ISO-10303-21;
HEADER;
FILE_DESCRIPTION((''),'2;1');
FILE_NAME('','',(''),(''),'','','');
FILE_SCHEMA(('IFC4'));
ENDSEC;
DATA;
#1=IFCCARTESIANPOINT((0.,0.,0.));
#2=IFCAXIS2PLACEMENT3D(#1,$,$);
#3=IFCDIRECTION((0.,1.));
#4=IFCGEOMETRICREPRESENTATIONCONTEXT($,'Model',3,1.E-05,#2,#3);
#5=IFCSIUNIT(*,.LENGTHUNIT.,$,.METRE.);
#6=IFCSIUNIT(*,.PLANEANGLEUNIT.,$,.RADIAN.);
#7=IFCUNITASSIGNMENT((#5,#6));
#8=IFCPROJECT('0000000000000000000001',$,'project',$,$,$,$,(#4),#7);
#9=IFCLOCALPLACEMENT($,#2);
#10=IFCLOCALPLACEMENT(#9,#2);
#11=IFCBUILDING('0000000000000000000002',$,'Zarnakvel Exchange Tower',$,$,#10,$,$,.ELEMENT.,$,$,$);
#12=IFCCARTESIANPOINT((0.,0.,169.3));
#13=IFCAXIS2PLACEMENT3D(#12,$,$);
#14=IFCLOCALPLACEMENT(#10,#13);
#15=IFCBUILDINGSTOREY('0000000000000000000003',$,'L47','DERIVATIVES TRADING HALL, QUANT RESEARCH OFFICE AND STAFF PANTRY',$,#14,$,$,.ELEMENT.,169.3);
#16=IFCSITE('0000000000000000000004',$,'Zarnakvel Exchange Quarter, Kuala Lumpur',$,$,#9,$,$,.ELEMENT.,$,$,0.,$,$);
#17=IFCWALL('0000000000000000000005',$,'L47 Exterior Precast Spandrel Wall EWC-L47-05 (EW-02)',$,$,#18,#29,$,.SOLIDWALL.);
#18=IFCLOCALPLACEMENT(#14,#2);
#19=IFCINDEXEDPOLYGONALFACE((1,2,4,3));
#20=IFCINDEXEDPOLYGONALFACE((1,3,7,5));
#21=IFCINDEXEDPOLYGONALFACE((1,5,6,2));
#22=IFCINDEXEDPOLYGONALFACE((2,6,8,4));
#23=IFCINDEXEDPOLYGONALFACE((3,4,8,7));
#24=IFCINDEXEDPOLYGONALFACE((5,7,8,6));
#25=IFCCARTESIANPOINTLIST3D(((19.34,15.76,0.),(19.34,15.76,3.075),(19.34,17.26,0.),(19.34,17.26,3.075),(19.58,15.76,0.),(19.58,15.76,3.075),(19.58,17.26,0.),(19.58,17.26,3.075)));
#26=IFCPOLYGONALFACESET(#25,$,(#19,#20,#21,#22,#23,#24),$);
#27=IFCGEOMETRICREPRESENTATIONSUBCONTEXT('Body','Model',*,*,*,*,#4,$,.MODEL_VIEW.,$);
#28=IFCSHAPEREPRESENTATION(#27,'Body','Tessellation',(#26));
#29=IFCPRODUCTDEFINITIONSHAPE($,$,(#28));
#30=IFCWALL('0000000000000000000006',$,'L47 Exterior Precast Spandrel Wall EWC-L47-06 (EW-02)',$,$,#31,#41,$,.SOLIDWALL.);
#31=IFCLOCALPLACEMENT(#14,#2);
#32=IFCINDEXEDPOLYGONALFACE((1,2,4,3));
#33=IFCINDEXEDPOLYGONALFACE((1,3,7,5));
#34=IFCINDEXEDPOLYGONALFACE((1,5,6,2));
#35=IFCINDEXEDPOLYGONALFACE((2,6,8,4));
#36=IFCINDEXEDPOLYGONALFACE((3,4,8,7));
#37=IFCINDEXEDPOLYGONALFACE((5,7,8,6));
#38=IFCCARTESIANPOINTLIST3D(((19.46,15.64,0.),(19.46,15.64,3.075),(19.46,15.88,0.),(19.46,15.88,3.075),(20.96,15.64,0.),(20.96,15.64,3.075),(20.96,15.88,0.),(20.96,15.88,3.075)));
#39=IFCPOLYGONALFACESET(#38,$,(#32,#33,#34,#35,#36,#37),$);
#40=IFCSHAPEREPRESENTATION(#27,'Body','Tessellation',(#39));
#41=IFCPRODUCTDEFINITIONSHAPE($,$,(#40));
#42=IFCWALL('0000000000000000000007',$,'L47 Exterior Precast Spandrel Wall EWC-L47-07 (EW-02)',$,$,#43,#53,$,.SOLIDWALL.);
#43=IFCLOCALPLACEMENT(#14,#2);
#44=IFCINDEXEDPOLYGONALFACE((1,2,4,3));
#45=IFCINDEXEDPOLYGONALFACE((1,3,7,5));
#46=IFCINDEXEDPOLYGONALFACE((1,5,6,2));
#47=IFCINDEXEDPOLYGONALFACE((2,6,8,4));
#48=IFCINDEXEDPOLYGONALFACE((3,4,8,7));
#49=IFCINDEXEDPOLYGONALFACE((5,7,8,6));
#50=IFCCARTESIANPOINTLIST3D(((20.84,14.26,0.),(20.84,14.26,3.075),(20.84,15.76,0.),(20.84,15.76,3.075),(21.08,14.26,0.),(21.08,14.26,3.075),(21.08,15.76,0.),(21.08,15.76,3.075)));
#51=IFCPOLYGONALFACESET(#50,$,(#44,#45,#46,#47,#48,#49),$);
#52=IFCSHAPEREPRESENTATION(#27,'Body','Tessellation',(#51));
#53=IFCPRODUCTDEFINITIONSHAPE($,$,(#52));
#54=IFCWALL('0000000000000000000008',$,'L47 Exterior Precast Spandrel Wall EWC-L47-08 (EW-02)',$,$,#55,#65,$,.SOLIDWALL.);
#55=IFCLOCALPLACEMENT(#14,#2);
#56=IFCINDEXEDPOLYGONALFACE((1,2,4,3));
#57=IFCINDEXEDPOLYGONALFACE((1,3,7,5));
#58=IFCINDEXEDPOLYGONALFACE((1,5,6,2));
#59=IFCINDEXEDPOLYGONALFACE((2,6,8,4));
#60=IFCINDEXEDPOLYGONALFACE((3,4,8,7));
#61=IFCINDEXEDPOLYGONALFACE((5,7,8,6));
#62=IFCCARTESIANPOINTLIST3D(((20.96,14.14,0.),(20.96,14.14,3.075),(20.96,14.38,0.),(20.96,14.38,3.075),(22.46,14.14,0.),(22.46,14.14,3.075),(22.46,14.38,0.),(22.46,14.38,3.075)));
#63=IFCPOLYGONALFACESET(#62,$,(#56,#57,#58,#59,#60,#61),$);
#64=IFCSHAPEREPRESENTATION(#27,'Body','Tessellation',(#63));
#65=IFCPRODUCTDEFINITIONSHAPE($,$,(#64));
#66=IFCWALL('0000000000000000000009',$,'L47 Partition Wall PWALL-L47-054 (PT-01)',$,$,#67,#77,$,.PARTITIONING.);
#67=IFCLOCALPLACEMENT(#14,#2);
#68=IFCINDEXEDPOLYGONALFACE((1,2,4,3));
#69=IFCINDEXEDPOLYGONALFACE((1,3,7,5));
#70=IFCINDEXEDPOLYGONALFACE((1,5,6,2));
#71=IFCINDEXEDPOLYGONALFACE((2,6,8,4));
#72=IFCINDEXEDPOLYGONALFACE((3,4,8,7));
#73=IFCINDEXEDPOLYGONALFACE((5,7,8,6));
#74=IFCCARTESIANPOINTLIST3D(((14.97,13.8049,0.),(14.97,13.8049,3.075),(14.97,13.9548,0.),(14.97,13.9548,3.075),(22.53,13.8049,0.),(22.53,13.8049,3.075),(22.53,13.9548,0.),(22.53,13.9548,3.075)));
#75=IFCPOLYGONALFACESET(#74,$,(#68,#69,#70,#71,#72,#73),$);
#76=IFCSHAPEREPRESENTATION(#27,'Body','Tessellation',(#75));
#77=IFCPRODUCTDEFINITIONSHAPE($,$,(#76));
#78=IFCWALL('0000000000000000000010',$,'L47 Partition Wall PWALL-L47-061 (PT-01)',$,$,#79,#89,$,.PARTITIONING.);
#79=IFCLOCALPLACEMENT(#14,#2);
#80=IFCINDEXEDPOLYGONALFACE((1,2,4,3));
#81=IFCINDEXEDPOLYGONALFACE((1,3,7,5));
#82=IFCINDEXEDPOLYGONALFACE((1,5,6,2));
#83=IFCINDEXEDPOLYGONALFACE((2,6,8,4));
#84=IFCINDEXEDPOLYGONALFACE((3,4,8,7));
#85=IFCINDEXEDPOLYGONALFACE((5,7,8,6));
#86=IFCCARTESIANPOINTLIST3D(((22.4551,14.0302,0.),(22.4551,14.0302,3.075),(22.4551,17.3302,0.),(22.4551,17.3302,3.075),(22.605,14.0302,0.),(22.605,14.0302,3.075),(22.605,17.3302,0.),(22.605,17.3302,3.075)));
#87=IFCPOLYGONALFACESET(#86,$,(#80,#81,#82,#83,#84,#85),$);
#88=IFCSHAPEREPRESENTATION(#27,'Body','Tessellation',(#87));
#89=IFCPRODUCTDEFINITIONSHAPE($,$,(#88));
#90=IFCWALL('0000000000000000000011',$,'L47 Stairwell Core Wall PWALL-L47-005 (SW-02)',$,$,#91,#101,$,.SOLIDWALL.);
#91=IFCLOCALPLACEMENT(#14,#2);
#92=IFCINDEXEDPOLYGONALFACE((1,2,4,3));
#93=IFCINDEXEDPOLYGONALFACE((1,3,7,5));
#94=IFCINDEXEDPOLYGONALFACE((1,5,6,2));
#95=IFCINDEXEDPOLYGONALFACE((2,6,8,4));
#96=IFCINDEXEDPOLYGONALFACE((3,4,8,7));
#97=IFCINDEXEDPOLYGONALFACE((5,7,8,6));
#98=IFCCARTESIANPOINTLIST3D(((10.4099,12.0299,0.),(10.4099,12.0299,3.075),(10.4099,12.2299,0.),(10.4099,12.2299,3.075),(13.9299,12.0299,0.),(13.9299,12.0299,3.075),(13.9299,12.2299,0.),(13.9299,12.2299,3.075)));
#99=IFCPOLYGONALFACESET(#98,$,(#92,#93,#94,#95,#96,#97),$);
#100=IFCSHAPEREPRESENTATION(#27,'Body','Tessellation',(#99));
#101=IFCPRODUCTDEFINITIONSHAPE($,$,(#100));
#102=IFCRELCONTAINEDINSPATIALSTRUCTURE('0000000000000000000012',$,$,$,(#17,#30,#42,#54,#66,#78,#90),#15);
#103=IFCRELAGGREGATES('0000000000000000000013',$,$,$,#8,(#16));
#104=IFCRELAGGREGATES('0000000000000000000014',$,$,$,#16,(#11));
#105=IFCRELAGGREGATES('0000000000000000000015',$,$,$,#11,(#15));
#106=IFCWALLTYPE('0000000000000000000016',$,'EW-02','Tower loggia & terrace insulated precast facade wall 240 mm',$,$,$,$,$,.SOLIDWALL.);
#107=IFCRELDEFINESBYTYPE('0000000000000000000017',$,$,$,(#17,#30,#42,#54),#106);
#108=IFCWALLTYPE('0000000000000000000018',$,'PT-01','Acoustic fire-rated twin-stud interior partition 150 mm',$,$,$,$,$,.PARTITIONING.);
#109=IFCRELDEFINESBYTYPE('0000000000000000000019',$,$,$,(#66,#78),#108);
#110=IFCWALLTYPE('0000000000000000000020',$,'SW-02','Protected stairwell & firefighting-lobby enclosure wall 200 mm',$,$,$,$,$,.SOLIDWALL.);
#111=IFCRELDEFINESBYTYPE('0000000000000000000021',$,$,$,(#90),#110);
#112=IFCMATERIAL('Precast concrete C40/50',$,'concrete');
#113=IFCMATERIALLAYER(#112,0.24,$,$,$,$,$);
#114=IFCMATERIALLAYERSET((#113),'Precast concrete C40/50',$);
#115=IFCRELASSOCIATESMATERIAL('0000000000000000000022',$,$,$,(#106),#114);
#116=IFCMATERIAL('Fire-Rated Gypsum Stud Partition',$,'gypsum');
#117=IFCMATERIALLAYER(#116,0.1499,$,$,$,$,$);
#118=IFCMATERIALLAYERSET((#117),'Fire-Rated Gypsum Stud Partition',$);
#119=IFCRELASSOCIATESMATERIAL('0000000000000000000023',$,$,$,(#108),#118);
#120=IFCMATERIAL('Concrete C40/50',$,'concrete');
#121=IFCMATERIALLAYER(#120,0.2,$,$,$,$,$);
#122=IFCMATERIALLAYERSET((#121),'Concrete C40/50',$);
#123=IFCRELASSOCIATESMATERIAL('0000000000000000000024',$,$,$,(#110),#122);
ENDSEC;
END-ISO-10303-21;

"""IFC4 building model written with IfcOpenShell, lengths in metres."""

from ifc_helpers import new_model, si_unit, direction, frame, frame_2d, origin, place, context, subcontext, project, spatial, rectangle, extrude, material, layer, layer_set, type_object, element, save


model = new_model("IFC4")

# Units and contexts
model_context = context("Model", 3, precision=1e-05, world=origin(), true_north=direction((0.0, 1.0)))
body_context = subcontext(model_context, "Body", "Model", "MODEL_VIEW")
ifc_project = project(units=[si_unit("LENGTHUNIT", "METRE"), si_unit("PLANEANGLEUNIT", "RADIAN")], contexts=[model_context])

# Site, building, storey
site_placement = place(None, origin())
site = spatial("IfcSite", under=ifc_project, at=site_placement, Name="Zarnakvel Exchange Quarter, Kuala Lumpur", CompositionType="ELEMENT", RefElevation=0.0)
building_placement = place(site_placement, origin())
building = spatial("IfcBuilding", under=site, at=building_placement, Name="Zarnakvel Exchange Tower", CompositionType="ELEMENT")
storey_placement = place(building_placement, frame((0.0, 0.0, 169.3)))
storey = spatial("IfcBuildingStorey", under=building, at=storey_placement, Name="L47", Description="DERIVATIVES TRADING HALL, QUANT RESEARCH OFFICE AND STAFF PANTRY", CompositionType="ELEMENT", Elevation=169.3)

# Walls
ifc_material_1 = material(Name="Precast concrete C40/50", Category="concrete")
ifc_layer_1 = layer(ifc_material_1, 0.24)
ifc_layer_set_1 = layer_set([ifc_layer_1], Name="Precast concrete C40/50")
wall_type_1 = type_object("IfcWallType", Name="EW-02", Description="Tower loggia & terrace insulated precast facade wall 240 mm", PredefinedType="SOLIDWALL", material=ifc_layer_set_1)
for number, where, z_axis, x_axis, name in (
    (1, (19.46, 15.76, 0.0), (0.0, 0.0, 1.0), (0.0, 1.0, 0.0), "L47 Exterior Precast Spandrel Wall EWC-L47-05 (EW-02)"),
    (2, (20.96, 15.76, 0.0), (0.0, 0.0, 1.0), (-1.0, 0.0, 0.0), "L47 Exterior Precast Spandrel Wall EWC-L47-06 (EW-02)"),
    (3, (20.96, 14.26, 0.0), (0.0, 0.0, 1.0), (0.0, 1.0, 0.0), "L47 Exterior Precast Spandrel Wall EWC-L47-07 (EW-02)"),
    (4, (22.46, 14.26, 0.0), (0.0, 0.0, 1.0), (-1.0, 0.0, 0.0), "L47 Exterior Precast Spandrel Wall EWC-L47-08 (EW-02)"),
):
    element("IfcWall", number, at=place(storey_placement, frame(where, z_axis=z_axis, x_axis=x_axis)), inside=storey, type_object=wall_type_1, Name=name, PredefinedType="SOLIDWALL", context=body_context, shape_type="SweptSolid", body=[
        extrude(rectangle(XDim=1.5, YDim=0.24, at=frame_2d((0.75, 0.0))), origin(), (0.0, 0.0, 1.0), 3.075),
    ])
ifc_material_2 = material(Name="Fire-Rated Gypsum Stud Partition", Category="gypsum")
ifc_layer_2 = layer(ifc_material_2, 0.1499)
ifc_layer_set_2 = layer_set([ifc_layer_2], Name="Fire-Rated Gypsum Stud Partition")
wall_type_2 = type_object("IfcWallType", Name="PT-01", Description="Acoustic fire-rated twin-stud interior partition 150 mm", PredefinedType="PARTITIONING", material=ifc_layer_set_2)
wall_1_placement = place(storey_placement, frame((14.97, 13.8799, 0.0), z_axis=(0.0, 0.0, 1.0), x_axis=(1.0, 0.0, 0.0)))
element("IfcWall", 5, at=wall_1_placement, inside=storey, type_object=wall_type_2, Name="L47 Partition Wall PWALL-L47-054 (PT-01)", PredefinedType="PARTITIONING", context=body_context, shape_type="SweptSolid", body=[
    extrude(rectangle(XDim=7.5601, YDim=0.1499, at=frame_2d((3.78, 0.0))), origin(), (0.0, 0.0, 1.0), 3.075),
])
wall_2_placement = place(storey_placement, frame((22.53, 17.3301, 0.0), z_axis=(0.0, 0.0, 1.0), x_axis=(0.0, -1.0, 0.0)))
element("IfcWall", 6, at=wall_2_placement, inside=storey, type_object=wall_type_2, Name="L47 Partition Wall PWALL-L47-061 (PT-01)", PredefinedType="PARTITIONING", context=body_context, shape_type="SweptSolid", body=[
    extrude(rectangle(XDim=3.3, YDim=0.1499, at=frame_2d((1.6499, 0.0))), origin(), (0.0, 0.0, 1.0), 3.075),
])
ifc_material_3 = material(Name="Concrete C40/50", Category="concrete")
ifc_layer_3 = layer(ifc_material_3, 0.2)
ifc_layer_set_3 = layer_set([ifc_layer_3], Name="Concrete C40/50")
wall_type_3 = type_object("IfcWallType", Name="SW-02", Description="Protected stairwell & firefighting-lobby enclosure wall 200 mm", PredefinedType="SOLIDWALL", material=ifc_layer_set_3)
wall_3_placement = place(storey_placement, frame((10.4099, 12.1299, 0.0), z_axis=(0.0, 0.0, 1.0), x_axis=(1.0, 0.0, 0.0)))
element("IfcWall", 7, at=wall_3_placement, inside=storey, type_object=wall_type_3, Name="L47 Stairwell Core Wall PWALL-L47-005 (SW-02)", PredefinedType="SOLIDWALL", context=body_context, shape_type="SweptSolid", body=[
    extrude(rectangle(XDim=3.52, YDim=0.2, at=frame_2d((1.76, 0.0))), origin(), (0.0, 0.0, 1.0), 3.075),
])

save(model, "model.ifc")
